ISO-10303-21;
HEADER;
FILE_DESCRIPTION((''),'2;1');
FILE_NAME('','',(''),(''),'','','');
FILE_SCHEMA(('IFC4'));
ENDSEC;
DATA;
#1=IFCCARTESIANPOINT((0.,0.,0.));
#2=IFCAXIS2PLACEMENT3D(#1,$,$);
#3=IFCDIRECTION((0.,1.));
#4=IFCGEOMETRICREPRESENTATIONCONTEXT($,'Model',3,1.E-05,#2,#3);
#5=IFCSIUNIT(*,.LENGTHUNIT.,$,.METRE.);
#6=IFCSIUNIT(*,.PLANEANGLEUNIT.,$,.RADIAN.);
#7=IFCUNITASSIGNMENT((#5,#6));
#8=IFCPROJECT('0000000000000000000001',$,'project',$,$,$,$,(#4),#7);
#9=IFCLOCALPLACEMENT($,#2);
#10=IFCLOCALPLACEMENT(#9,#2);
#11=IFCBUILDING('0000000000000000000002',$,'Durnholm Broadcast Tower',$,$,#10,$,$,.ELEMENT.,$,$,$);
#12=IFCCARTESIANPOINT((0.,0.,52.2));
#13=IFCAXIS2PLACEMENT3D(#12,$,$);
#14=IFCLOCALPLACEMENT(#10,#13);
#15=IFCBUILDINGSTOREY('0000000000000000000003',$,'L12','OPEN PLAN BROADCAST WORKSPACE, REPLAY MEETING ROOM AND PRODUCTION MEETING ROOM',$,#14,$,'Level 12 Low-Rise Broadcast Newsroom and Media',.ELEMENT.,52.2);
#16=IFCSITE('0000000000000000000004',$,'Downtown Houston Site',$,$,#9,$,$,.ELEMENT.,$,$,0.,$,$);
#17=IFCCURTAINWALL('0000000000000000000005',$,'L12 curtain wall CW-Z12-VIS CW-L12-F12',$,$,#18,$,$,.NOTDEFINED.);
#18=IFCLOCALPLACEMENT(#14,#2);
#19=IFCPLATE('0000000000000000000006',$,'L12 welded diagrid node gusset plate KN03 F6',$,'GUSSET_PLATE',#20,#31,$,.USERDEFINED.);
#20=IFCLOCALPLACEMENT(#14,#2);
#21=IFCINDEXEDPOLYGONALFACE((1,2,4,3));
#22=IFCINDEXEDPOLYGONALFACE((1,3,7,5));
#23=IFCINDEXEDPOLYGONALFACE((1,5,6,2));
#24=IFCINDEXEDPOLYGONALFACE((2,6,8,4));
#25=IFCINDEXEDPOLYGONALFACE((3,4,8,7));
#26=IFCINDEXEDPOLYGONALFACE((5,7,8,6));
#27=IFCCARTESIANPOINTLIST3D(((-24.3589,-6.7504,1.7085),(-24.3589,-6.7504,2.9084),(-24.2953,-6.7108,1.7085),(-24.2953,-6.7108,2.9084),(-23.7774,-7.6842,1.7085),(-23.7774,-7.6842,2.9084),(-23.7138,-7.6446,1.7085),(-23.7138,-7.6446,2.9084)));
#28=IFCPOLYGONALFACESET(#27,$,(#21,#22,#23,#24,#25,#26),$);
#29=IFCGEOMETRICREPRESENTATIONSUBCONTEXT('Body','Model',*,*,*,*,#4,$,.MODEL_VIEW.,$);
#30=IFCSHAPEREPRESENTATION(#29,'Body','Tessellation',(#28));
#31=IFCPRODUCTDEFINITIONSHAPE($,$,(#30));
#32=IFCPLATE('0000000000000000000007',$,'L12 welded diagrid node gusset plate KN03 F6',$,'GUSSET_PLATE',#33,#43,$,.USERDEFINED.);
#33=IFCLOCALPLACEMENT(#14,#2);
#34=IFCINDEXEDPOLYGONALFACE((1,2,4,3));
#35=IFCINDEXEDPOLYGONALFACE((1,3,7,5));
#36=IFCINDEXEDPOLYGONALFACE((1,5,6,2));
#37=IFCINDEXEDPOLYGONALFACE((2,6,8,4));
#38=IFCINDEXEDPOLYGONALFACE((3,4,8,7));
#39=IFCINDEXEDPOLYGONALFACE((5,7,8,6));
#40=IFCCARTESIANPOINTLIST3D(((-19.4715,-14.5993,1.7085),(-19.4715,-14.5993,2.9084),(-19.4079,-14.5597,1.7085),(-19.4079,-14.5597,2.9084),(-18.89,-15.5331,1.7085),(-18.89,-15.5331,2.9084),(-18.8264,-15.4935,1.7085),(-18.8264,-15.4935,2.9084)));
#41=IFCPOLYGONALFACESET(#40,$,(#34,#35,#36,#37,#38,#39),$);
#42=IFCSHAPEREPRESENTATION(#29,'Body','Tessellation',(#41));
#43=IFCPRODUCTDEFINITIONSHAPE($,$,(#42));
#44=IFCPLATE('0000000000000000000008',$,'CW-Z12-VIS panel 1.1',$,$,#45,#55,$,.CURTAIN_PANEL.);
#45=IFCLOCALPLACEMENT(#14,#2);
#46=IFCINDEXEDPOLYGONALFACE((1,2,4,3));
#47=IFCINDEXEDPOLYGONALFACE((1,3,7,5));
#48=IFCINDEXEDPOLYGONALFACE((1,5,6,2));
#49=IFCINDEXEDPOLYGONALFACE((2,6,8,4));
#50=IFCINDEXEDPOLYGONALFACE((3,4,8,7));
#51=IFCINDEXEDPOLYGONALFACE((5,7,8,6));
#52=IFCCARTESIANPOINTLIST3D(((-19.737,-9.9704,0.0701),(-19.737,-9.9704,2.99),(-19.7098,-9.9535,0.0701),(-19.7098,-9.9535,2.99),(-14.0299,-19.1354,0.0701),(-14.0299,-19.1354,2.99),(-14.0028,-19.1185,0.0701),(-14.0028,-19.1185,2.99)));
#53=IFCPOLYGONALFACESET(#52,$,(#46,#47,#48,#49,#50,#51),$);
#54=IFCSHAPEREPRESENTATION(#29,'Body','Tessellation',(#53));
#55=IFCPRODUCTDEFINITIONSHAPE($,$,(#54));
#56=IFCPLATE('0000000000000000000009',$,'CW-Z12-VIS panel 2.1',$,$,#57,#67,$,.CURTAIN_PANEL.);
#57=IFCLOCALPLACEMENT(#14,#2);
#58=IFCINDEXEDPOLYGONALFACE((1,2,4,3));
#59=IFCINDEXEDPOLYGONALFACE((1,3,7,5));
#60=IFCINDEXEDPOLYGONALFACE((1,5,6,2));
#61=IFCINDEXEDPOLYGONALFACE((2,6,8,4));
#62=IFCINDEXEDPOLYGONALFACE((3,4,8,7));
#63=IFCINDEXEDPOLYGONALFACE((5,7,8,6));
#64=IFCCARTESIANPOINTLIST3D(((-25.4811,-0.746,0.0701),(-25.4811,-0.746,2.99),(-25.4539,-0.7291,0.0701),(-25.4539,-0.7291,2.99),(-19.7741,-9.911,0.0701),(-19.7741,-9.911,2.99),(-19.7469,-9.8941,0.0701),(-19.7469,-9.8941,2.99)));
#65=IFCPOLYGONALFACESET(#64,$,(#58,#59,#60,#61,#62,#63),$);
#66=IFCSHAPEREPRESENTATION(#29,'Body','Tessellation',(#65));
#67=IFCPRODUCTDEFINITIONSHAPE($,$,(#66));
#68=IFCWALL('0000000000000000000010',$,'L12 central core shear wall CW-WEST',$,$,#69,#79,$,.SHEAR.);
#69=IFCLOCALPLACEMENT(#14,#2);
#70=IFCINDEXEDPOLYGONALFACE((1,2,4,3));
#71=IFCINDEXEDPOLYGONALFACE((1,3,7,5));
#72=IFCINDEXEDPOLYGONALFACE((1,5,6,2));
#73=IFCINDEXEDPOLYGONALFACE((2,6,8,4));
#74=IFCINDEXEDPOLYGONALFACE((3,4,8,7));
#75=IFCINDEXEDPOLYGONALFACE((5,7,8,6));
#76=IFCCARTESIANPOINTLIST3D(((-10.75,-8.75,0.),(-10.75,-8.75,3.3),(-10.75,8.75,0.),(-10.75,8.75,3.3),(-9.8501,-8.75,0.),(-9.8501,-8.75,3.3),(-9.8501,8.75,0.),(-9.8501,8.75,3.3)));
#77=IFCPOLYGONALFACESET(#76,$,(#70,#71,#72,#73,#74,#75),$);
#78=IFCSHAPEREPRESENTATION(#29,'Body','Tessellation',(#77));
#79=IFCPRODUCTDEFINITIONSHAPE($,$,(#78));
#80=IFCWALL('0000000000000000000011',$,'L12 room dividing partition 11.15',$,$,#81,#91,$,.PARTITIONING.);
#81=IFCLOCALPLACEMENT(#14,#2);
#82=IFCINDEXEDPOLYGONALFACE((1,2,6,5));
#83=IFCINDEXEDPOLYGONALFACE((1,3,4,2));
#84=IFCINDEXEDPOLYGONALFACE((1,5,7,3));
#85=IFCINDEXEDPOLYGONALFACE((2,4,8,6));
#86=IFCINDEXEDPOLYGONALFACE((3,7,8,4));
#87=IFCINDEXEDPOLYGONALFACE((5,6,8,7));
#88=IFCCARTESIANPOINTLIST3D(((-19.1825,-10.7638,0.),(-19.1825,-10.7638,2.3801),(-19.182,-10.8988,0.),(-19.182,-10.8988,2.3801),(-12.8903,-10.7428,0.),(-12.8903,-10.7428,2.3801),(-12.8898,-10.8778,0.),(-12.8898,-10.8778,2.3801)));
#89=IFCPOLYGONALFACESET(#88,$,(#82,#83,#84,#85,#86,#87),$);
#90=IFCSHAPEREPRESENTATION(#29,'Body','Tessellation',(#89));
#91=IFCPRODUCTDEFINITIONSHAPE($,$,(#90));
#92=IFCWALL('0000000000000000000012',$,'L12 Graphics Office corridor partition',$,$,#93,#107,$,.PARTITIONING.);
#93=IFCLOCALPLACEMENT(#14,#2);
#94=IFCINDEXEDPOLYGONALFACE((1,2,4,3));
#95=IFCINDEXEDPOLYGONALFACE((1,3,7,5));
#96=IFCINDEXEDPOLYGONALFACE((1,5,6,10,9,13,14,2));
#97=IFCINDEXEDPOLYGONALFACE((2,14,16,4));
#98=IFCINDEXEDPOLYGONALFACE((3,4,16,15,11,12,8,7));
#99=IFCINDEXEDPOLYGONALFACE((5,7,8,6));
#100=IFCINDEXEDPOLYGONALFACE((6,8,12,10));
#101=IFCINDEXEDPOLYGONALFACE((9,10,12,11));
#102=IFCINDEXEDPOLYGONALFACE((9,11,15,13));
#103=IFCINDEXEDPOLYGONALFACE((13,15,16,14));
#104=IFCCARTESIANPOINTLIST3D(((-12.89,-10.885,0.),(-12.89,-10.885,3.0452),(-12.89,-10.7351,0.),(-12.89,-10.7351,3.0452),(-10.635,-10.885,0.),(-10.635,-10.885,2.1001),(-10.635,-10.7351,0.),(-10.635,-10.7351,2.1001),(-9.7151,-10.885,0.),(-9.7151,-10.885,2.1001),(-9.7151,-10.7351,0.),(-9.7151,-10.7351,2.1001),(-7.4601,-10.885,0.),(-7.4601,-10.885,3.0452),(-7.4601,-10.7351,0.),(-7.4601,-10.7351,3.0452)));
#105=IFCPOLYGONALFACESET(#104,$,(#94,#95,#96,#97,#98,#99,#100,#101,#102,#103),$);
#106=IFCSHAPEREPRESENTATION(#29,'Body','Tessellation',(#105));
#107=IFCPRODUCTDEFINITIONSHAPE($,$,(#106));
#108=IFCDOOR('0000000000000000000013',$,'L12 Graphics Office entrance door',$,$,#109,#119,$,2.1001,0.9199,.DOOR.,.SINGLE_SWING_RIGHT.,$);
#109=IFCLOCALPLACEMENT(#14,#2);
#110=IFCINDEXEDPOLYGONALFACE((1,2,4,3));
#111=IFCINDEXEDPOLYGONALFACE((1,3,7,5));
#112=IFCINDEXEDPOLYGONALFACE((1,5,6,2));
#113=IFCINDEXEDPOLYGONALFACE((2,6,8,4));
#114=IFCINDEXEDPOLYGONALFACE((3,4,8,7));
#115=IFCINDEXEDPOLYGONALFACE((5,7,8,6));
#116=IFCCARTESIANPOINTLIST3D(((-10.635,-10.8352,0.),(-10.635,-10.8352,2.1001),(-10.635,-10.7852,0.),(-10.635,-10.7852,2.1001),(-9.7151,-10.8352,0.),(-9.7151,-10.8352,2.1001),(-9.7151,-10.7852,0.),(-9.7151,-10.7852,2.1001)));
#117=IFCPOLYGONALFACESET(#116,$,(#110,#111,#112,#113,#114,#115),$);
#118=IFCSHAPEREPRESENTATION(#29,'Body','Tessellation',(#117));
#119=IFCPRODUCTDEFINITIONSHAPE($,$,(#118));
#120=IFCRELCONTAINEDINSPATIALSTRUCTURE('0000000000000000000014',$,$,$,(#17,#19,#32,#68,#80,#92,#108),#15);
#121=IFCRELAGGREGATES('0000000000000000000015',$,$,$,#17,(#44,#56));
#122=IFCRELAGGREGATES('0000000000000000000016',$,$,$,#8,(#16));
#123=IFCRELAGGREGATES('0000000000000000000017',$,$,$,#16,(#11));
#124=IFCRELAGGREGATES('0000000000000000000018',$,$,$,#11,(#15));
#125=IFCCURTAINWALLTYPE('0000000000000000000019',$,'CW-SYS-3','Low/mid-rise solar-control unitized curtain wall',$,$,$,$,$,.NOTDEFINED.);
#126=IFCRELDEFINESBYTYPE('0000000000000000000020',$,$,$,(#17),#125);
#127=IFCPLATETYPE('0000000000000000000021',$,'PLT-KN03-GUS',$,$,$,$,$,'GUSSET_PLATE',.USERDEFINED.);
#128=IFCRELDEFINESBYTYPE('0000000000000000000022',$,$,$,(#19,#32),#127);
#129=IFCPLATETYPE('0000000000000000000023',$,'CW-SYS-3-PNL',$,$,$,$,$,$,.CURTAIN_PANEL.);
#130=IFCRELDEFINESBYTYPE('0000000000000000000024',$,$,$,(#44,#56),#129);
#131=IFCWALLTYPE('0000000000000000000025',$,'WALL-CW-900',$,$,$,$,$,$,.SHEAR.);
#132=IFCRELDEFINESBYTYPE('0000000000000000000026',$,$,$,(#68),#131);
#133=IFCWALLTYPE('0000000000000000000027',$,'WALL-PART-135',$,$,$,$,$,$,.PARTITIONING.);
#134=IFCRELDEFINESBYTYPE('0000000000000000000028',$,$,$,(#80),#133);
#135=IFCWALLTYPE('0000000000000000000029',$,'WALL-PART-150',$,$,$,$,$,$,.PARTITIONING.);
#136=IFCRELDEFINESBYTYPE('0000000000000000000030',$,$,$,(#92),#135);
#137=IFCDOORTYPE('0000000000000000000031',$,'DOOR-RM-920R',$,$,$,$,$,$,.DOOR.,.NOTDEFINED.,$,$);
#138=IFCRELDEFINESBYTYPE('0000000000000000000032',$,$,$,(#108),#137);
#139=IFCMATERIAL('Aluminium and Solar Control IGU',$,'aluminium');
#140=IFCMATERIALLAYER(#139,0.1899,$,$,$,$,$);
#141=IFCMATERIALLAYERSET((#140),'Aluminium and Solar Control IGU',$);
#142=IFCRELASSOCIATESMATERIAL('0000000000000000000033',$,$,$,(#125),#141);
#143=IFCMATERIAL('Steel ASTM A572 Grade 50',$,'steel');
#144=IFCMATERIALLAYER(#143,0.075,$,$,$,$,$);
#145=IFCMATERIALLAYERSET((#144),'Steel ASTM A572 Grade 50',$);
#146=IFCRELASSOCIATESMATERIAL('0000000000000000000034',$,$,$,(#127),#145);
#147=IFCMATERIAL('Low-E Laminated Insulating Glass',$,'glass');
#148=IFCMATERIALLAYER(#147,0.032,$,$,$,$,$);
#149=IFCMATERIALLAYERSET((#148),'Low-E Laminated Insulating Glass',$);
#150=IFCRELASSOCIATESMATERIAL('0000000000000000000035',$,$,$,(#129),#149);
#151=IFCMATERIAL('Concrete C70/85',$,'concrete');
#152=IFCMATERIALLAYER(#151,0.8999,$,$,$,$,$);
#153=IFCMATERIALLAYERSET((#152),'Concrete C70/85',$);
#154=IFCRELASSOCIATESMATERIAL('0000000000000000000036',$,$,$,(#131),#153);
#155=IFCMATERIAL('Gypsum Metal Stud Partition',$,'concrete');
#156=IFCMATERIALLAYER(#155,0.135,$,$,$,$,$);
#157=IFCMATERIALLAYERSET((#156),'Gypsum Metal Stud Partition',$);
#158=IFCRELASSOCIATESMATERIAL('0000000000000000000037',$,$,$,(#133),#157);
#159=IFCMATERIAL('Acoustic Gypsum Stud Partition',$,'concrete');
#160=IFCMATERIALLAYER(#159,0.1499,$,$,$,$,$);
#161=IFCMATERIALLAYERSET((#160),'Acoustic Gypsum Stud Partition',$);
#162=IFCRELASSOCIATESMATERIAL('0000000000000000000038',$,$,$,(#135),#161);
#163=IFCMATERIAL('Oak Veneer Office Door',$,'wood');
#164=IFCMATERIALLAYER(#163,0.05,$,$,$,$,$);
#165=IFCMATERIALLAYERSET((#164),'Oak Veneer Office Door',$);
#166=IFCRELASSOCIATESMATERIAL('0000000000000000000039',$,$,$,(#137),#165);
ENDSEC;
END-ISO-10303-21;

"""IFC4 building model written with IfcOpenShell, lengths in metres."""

from ifc_helpers import new_model, si_unit, direction, frame, frame_2d, origin, origin_2d, place, context, subcontext, project, spatial, rectangle, extrude, source, transform, mapped, material, layer, layer_set, type_object, type_shapes, element, fill, aggregate, save


model = new_model("IFC4")

# Units and contexts
model_context = context("Model", 3, precision=1e-05, world=origin(), true_north=direction((0.0, 1.0)))
body_context = subcontext(model_context, "Body", "Model", "MODEL_VIEW")
ifc_project = project(units=[si_unit("LENGTHUNIT", "METRE"), si_unit("PLANEANGLEUNIT", "RADIAN")], contexts=[model_context])

# Site, building, storey
site_placement = place(None, origin())
site = spatial("IfcSite", under=ifc_project, at=site_placement, Name="Downtown Houston Site", CompositionType="ELEMENT", RefElevation=0.0)
building_placement = place(site_placement, origin())
building = spatial("IfcBuilding", under=site, at=building_placement, Name="Durnholm Broadcast Tower", CompositionType="ELEMENT")
storey_placement = place(building_placement, frame((0.0, 0.0, 52.2)))
storey = spatial("IfcBuildingStorey", under=building, at=storey_placement, Name="L12", Description="OPEN PLAN BROADCAST WORKSPACE, REPLAY MEETING ROOM AND PRODUCTION MEETING ROOM", LongName="Level 12 Low-Rise Broadcast Newsroom and Media", CompositionType="ELEMENT", Elevation=52.2)

# Curtain wall
ifc_material_1 = material(Name="Aluminium and Solar Control IGU", Category="aluminium")
ifc_layer_1 = layer(ifc_material_1, 0.1899)
ifc_layer_set_1 = layer_set([ifc_layer_1], Name="Aluminium and Solar Control IGU")
curtain_wall_type_1 = type_object("IfcCurtainWallType", Name="CW-SYS-3", Description="Low/mid-rise solar-control unitized curtain wall", PredefinedType="NOTDEFINED", material=ifc_layer_set_1)
curtain_wall_1_placement = place(storey_placement, origin())
curtain_wall_1 = element("IfcCurtainWall", 1, at=curtain_wall_1_placement, inside=storey, type_object=curtain_wall_type_1, Name="L12 curtain wall CW-Z12-VIS CW-L12-F12", PredefinedType="NOTDEFINED")

# Plates
ifc_material_2 = material(Name="Steel ASTM A572 Grade 50", Category="steel")
ifc_layer_2 = layer(ifc_material_2, 0.075)
ifc_layer_set_2 = layer_set([ifc_layer_2], Name="Steel ASTM A572 Grade 50")
plate_type_1 = type_object("IfcPlateType", Name="PLT-KN03-GUS", ElementType="GUSSET_PLATE", PredefinedType="USERDEFINED", material=ifc_layer_set_2)
shared_shape_1 = source(origin(), body_context, "Body", "SweptSolid", [
    extrude(rectangle(XDim=1.1001, YDim=0.075, at=origin_2d()), origin(), (0.0, 0.0, 1.0), 1.2),
])
type_shapes(plate_type_1, [shared_shape_1])
for number, where, z_axis, x_axis, name in (
    (2, (-24.0364, -7.1975, 1.7085), (0.0, 0.0, 1.0), (0.528587, -0.848879, 0.0), "L12 welded diagrid node gusset plate KN03 F6"),
    (3, (-19.1489, -15.0464, 1.7085), (0.0, 0.0, 1.0), (0.528587, -0.848879, 0.0), "L12 welded diagrid node gusset plate KN03 F6"),
):
    element("IfcPlate", number, at=place(storey_placement, frame(where, z_axis=z_axis, x_axis=x_axis)), inside=storey, type_object=plate_type_1, Name=name, ObjectType="GUSSET_PLATE", PredefinedType="USERDEFINED", context=body_context, shape_type="MappedRepresentation", body=[
        mapped(shared_shape_1, transform((0.0, 0.0, 0.0), x_axis=(1.0, 0.0, 0.0), y_axis=(0.0, 1.0, 0.0), z_axis=(0.0, 0.0, 1.0), scale=1.0)),
    ])

# Plates
ifc_material_3 = material(Name="Low-E Laminated Insulating Glass", Category="glass")
ifc_layer_3 = layer(ifc_material_3, 0.032)
ifc_layer_set_3 = layer_set([ifc_layer_3], Name="Low-E Laminated Insulating Glass")
plate_type_2 = type_object("IfcPlateType", Name="CW-SYS-3-PNL", PredefinedType="CURTAIN_PANEL", material=ifc_layer_set_3)
shared_shape_2 = source(origin(), body_context, "Body", "SweptSolid", [
    extrude(rectangle(XDim=10.7966, YDim=0.032, at=origin_2d()), origin(), (0.0, 0.0, 1.0), 2.9199),
])
type_shapes(plate_type_2, [shared_shape_2])
plate_1_placement = place(storey_placement, frame((-16.8699, -14.5444, 0.0701), z_axis=(0.0, 0.0, 1.0), x_axis=(-0.528592, 0.848876, 0.0)))
plate_1 = element("IfcPlate", 4, at=plate_1_placement, type_object=plate_type_2, Name="CW-Z12-VIS panel 1.1", PredefinedType="CURTAIN_PANEL", context=body_context, shape_type="MappedRepresentation", body=[
    mapped(shared_shape_2, transform((0.0, 0.0, 0.0), x_axis=(1.0, 0.0, 0.0), y_axis=(0.0, 1.0, 0.0), z_axis=(0.0, 0.0, 1.0), scale=1.0)),
])
plate_2_placement = place(storey_placement, frame((-22.614, -5.3201, 0.0701), z_axis=(0.0, 0.0, 1.0), x_axis=(-0.528592, 0.848876, 0.0)))
plate_2 = element("IfcPlate", 5, at=plate_2_placement, type_object=plate_type_2, Name="CW-Z12-VIS panel 2.1", PredefinedType="CURTAIN_PANEL", context=body_context, shape_type="MappedRepresentation", body=[
    mapped(shared_shape_2, transform((0.0, 0.0, 0.0), x_axis=(1.0, 0.0, 0.0), y_axis=(0.0, 1.0, 0.0), z_axis=(0.0, 0.0, 1.0), scale=1.0)),
])
aggregate(curtain_wall_1, [plate_1, plate_2])

# Walls
ifc_material_4 = material(Name="Concrete C70/85", Category="concrete")
ifc_layer_4 = layer(ifc_material_4, 0.8999)
ifc_layer_set_4 = layer_set([ifc_layer_4], Name="Concrete C70/85")
wall_type_1 = type_object("IfcWallType", Name="WALL-CW-900", PredefinedType="SHEAR", material=ifc_layer_set_4)
wall_1_placement = place(storey_placement, frame((-10.3, -8.75, 0.0), z_axis=(0.0, 0.0, 1.0), x_axis=(0.0, 1.0, 0.0)))
element("IfcWall", 6, at=wall_1_placement, inside=storey, type_object=wall_type_1, Name="L12 central core shear wall CW-WEST", PredefinedType="SHEAR", context=body_context, shape_type="SweptSolid", body=[
    extrude(rectangle(XDim=17.5, YDim=0.8999, at=frame_2d((8.75, 0.0))), origin(), (0.0, 0.0, 1.0), 3.3),
])
ifc_material_5 = material(Name="Gypsum Metal Stud Partition", Category="concrete")
ifc_layer_5 = layer(ifc_material_5, 0.135)
ifc_layer_set_5 = layer_set([ifc_layer_5], Name="Gypsum Metal Stud Partition")
wall_type_2 = type_object("IfcWallType", Name="WALL-PART-135", PredefinedType="PARTITIONING", material=ifc_layer_set_5)
wall_2_placement = place(storey_placement, frame((-19.1821, -10.8313, 0.0), z_axis=(0.0, 0.0, 1.0), x_axis=(0.999994, 0.003337, 0.0)))
element("IfcWall", 7, at=wall_2_placement, inside=storey, type_object=wall_type_2, Name="L12 room dividing partition 11.15", PredefinedType="PARTITIONING", context=body_context, shape_type="SweptSolid", body=[
    extrude(rectangle(XDim=6.2922, YDim=0.135, at=frame_2d((3.146, 0.0))), origin(), (0.0, 0.0, 1.0), 2.3801),
])

# Wall, opening, door
ifc_material_6 = material(Name="Acoustic Gypsum Stud Partition", Category="concrete")
ifc_layer_6 = layer(ifc_material_6, 0.1499)
ifc_layer_set_6 = layer_set([ifc_layer_6], Name="Acoustic Gypsum Stud Partition")
wall_type_3 = type_object("IfcWallType", Name="WALL-PART-150", PredefinedType="PARTITIONING", material=ifc_layer_set_6)
wall_3_placement = place(storey_placement, frame((-12.8899, -10.8101, 0.0), z_axis=(0.0, 0.0, 1.0), x_axis=(1.0, 0.0, 0.0)))
wall_3 = element("IfcWall", 8, at=wall_3_placement, inside=storey, type_object=wall_type_3, Name="L12 Graphics Office corridor partition", PredefinedType="PARTITIONING", context=body_context, shape_type="SweptSolid", body=[
    extrude(rectangle(XDim=5.4299, YDim=0.1499, at=frame_2d((2.7148, 0.0))), origin(), (0.0, 0.0, 1.0), 3.0452),
])
opening_placement = place(wall_3_placement, frame((2.2549, 0.0, 0.0)))
opening = element("IfcOpeningElement", 9, at=opening_placement, cuts=wall_3, PredefinedType="OPENING", context=body_context, shape_type="SweptSolid", body=[
    extrude(rectangle(XDim=0.9199, YDim=2.1001, at=frame_2d((0.46, 1.05))), frame((0.0, 0.085, 0.0), z_axis=(0.0, -1.0, 0.0), x_axis=(1.0, 0.0, 0.0)), (0.0, 0.0, 1.0), 0.1699),
])
ifc_material_7 = material(Name="Oak Veneer Office Door", Category="wood")
ifc_layer_7 = layer(ifc_material_7, 0.05)
ifc_layer_set_7 = layer_set([ifc_layer_7], Name="Oak Veneer Office Door")
door_type = type_object("IfcDoorType", Name="DOOR-RM-920R", OperationType="NOTDEFINED", PredefinedType="DOOR", material=ifc_layer_set_7)
shared_shape_3 = source(origin(), body_context, "Body", "SweptSolid", [
    extrude(rectangle(XDim=0.9199, YDim=2.1001, at=frame_2d((0.46, 1.05))), frame((0.0, 0.0249, 0.0), z_axis=(0.0, -1.0, 0.0), x_axis=(1.0, 0.0, 0.0)), (0.0, 0.0, 1.0), 0.05),
])
type_shapes(door_type, [shared_shape_3])
door_placement = place(opening_placement, origin())
door = element("IfcDoor", 10, at=door_placement, inside=storey, type_object=door_type, Name="L12 Graphics Office entrance door", OperationType="SINGLE_SWING_RIGHT", OverallHeight=2.1001, OverallWidth=0.9199, PredefinedType="DOOR", context=body_context, shape_type="MappedRepresentation", body=[
    mapped(shared_shape_3, transform((0.0, 0.0, 0.0), x_axis=(1.0, 0.0, 0.0), y_axis=(0.0, 1.0, 0.0), z_axis=(0.0, 0.0, 1.0), scale=1.0)),
])
fill(opening, door)

save(model, "model.ifc")
